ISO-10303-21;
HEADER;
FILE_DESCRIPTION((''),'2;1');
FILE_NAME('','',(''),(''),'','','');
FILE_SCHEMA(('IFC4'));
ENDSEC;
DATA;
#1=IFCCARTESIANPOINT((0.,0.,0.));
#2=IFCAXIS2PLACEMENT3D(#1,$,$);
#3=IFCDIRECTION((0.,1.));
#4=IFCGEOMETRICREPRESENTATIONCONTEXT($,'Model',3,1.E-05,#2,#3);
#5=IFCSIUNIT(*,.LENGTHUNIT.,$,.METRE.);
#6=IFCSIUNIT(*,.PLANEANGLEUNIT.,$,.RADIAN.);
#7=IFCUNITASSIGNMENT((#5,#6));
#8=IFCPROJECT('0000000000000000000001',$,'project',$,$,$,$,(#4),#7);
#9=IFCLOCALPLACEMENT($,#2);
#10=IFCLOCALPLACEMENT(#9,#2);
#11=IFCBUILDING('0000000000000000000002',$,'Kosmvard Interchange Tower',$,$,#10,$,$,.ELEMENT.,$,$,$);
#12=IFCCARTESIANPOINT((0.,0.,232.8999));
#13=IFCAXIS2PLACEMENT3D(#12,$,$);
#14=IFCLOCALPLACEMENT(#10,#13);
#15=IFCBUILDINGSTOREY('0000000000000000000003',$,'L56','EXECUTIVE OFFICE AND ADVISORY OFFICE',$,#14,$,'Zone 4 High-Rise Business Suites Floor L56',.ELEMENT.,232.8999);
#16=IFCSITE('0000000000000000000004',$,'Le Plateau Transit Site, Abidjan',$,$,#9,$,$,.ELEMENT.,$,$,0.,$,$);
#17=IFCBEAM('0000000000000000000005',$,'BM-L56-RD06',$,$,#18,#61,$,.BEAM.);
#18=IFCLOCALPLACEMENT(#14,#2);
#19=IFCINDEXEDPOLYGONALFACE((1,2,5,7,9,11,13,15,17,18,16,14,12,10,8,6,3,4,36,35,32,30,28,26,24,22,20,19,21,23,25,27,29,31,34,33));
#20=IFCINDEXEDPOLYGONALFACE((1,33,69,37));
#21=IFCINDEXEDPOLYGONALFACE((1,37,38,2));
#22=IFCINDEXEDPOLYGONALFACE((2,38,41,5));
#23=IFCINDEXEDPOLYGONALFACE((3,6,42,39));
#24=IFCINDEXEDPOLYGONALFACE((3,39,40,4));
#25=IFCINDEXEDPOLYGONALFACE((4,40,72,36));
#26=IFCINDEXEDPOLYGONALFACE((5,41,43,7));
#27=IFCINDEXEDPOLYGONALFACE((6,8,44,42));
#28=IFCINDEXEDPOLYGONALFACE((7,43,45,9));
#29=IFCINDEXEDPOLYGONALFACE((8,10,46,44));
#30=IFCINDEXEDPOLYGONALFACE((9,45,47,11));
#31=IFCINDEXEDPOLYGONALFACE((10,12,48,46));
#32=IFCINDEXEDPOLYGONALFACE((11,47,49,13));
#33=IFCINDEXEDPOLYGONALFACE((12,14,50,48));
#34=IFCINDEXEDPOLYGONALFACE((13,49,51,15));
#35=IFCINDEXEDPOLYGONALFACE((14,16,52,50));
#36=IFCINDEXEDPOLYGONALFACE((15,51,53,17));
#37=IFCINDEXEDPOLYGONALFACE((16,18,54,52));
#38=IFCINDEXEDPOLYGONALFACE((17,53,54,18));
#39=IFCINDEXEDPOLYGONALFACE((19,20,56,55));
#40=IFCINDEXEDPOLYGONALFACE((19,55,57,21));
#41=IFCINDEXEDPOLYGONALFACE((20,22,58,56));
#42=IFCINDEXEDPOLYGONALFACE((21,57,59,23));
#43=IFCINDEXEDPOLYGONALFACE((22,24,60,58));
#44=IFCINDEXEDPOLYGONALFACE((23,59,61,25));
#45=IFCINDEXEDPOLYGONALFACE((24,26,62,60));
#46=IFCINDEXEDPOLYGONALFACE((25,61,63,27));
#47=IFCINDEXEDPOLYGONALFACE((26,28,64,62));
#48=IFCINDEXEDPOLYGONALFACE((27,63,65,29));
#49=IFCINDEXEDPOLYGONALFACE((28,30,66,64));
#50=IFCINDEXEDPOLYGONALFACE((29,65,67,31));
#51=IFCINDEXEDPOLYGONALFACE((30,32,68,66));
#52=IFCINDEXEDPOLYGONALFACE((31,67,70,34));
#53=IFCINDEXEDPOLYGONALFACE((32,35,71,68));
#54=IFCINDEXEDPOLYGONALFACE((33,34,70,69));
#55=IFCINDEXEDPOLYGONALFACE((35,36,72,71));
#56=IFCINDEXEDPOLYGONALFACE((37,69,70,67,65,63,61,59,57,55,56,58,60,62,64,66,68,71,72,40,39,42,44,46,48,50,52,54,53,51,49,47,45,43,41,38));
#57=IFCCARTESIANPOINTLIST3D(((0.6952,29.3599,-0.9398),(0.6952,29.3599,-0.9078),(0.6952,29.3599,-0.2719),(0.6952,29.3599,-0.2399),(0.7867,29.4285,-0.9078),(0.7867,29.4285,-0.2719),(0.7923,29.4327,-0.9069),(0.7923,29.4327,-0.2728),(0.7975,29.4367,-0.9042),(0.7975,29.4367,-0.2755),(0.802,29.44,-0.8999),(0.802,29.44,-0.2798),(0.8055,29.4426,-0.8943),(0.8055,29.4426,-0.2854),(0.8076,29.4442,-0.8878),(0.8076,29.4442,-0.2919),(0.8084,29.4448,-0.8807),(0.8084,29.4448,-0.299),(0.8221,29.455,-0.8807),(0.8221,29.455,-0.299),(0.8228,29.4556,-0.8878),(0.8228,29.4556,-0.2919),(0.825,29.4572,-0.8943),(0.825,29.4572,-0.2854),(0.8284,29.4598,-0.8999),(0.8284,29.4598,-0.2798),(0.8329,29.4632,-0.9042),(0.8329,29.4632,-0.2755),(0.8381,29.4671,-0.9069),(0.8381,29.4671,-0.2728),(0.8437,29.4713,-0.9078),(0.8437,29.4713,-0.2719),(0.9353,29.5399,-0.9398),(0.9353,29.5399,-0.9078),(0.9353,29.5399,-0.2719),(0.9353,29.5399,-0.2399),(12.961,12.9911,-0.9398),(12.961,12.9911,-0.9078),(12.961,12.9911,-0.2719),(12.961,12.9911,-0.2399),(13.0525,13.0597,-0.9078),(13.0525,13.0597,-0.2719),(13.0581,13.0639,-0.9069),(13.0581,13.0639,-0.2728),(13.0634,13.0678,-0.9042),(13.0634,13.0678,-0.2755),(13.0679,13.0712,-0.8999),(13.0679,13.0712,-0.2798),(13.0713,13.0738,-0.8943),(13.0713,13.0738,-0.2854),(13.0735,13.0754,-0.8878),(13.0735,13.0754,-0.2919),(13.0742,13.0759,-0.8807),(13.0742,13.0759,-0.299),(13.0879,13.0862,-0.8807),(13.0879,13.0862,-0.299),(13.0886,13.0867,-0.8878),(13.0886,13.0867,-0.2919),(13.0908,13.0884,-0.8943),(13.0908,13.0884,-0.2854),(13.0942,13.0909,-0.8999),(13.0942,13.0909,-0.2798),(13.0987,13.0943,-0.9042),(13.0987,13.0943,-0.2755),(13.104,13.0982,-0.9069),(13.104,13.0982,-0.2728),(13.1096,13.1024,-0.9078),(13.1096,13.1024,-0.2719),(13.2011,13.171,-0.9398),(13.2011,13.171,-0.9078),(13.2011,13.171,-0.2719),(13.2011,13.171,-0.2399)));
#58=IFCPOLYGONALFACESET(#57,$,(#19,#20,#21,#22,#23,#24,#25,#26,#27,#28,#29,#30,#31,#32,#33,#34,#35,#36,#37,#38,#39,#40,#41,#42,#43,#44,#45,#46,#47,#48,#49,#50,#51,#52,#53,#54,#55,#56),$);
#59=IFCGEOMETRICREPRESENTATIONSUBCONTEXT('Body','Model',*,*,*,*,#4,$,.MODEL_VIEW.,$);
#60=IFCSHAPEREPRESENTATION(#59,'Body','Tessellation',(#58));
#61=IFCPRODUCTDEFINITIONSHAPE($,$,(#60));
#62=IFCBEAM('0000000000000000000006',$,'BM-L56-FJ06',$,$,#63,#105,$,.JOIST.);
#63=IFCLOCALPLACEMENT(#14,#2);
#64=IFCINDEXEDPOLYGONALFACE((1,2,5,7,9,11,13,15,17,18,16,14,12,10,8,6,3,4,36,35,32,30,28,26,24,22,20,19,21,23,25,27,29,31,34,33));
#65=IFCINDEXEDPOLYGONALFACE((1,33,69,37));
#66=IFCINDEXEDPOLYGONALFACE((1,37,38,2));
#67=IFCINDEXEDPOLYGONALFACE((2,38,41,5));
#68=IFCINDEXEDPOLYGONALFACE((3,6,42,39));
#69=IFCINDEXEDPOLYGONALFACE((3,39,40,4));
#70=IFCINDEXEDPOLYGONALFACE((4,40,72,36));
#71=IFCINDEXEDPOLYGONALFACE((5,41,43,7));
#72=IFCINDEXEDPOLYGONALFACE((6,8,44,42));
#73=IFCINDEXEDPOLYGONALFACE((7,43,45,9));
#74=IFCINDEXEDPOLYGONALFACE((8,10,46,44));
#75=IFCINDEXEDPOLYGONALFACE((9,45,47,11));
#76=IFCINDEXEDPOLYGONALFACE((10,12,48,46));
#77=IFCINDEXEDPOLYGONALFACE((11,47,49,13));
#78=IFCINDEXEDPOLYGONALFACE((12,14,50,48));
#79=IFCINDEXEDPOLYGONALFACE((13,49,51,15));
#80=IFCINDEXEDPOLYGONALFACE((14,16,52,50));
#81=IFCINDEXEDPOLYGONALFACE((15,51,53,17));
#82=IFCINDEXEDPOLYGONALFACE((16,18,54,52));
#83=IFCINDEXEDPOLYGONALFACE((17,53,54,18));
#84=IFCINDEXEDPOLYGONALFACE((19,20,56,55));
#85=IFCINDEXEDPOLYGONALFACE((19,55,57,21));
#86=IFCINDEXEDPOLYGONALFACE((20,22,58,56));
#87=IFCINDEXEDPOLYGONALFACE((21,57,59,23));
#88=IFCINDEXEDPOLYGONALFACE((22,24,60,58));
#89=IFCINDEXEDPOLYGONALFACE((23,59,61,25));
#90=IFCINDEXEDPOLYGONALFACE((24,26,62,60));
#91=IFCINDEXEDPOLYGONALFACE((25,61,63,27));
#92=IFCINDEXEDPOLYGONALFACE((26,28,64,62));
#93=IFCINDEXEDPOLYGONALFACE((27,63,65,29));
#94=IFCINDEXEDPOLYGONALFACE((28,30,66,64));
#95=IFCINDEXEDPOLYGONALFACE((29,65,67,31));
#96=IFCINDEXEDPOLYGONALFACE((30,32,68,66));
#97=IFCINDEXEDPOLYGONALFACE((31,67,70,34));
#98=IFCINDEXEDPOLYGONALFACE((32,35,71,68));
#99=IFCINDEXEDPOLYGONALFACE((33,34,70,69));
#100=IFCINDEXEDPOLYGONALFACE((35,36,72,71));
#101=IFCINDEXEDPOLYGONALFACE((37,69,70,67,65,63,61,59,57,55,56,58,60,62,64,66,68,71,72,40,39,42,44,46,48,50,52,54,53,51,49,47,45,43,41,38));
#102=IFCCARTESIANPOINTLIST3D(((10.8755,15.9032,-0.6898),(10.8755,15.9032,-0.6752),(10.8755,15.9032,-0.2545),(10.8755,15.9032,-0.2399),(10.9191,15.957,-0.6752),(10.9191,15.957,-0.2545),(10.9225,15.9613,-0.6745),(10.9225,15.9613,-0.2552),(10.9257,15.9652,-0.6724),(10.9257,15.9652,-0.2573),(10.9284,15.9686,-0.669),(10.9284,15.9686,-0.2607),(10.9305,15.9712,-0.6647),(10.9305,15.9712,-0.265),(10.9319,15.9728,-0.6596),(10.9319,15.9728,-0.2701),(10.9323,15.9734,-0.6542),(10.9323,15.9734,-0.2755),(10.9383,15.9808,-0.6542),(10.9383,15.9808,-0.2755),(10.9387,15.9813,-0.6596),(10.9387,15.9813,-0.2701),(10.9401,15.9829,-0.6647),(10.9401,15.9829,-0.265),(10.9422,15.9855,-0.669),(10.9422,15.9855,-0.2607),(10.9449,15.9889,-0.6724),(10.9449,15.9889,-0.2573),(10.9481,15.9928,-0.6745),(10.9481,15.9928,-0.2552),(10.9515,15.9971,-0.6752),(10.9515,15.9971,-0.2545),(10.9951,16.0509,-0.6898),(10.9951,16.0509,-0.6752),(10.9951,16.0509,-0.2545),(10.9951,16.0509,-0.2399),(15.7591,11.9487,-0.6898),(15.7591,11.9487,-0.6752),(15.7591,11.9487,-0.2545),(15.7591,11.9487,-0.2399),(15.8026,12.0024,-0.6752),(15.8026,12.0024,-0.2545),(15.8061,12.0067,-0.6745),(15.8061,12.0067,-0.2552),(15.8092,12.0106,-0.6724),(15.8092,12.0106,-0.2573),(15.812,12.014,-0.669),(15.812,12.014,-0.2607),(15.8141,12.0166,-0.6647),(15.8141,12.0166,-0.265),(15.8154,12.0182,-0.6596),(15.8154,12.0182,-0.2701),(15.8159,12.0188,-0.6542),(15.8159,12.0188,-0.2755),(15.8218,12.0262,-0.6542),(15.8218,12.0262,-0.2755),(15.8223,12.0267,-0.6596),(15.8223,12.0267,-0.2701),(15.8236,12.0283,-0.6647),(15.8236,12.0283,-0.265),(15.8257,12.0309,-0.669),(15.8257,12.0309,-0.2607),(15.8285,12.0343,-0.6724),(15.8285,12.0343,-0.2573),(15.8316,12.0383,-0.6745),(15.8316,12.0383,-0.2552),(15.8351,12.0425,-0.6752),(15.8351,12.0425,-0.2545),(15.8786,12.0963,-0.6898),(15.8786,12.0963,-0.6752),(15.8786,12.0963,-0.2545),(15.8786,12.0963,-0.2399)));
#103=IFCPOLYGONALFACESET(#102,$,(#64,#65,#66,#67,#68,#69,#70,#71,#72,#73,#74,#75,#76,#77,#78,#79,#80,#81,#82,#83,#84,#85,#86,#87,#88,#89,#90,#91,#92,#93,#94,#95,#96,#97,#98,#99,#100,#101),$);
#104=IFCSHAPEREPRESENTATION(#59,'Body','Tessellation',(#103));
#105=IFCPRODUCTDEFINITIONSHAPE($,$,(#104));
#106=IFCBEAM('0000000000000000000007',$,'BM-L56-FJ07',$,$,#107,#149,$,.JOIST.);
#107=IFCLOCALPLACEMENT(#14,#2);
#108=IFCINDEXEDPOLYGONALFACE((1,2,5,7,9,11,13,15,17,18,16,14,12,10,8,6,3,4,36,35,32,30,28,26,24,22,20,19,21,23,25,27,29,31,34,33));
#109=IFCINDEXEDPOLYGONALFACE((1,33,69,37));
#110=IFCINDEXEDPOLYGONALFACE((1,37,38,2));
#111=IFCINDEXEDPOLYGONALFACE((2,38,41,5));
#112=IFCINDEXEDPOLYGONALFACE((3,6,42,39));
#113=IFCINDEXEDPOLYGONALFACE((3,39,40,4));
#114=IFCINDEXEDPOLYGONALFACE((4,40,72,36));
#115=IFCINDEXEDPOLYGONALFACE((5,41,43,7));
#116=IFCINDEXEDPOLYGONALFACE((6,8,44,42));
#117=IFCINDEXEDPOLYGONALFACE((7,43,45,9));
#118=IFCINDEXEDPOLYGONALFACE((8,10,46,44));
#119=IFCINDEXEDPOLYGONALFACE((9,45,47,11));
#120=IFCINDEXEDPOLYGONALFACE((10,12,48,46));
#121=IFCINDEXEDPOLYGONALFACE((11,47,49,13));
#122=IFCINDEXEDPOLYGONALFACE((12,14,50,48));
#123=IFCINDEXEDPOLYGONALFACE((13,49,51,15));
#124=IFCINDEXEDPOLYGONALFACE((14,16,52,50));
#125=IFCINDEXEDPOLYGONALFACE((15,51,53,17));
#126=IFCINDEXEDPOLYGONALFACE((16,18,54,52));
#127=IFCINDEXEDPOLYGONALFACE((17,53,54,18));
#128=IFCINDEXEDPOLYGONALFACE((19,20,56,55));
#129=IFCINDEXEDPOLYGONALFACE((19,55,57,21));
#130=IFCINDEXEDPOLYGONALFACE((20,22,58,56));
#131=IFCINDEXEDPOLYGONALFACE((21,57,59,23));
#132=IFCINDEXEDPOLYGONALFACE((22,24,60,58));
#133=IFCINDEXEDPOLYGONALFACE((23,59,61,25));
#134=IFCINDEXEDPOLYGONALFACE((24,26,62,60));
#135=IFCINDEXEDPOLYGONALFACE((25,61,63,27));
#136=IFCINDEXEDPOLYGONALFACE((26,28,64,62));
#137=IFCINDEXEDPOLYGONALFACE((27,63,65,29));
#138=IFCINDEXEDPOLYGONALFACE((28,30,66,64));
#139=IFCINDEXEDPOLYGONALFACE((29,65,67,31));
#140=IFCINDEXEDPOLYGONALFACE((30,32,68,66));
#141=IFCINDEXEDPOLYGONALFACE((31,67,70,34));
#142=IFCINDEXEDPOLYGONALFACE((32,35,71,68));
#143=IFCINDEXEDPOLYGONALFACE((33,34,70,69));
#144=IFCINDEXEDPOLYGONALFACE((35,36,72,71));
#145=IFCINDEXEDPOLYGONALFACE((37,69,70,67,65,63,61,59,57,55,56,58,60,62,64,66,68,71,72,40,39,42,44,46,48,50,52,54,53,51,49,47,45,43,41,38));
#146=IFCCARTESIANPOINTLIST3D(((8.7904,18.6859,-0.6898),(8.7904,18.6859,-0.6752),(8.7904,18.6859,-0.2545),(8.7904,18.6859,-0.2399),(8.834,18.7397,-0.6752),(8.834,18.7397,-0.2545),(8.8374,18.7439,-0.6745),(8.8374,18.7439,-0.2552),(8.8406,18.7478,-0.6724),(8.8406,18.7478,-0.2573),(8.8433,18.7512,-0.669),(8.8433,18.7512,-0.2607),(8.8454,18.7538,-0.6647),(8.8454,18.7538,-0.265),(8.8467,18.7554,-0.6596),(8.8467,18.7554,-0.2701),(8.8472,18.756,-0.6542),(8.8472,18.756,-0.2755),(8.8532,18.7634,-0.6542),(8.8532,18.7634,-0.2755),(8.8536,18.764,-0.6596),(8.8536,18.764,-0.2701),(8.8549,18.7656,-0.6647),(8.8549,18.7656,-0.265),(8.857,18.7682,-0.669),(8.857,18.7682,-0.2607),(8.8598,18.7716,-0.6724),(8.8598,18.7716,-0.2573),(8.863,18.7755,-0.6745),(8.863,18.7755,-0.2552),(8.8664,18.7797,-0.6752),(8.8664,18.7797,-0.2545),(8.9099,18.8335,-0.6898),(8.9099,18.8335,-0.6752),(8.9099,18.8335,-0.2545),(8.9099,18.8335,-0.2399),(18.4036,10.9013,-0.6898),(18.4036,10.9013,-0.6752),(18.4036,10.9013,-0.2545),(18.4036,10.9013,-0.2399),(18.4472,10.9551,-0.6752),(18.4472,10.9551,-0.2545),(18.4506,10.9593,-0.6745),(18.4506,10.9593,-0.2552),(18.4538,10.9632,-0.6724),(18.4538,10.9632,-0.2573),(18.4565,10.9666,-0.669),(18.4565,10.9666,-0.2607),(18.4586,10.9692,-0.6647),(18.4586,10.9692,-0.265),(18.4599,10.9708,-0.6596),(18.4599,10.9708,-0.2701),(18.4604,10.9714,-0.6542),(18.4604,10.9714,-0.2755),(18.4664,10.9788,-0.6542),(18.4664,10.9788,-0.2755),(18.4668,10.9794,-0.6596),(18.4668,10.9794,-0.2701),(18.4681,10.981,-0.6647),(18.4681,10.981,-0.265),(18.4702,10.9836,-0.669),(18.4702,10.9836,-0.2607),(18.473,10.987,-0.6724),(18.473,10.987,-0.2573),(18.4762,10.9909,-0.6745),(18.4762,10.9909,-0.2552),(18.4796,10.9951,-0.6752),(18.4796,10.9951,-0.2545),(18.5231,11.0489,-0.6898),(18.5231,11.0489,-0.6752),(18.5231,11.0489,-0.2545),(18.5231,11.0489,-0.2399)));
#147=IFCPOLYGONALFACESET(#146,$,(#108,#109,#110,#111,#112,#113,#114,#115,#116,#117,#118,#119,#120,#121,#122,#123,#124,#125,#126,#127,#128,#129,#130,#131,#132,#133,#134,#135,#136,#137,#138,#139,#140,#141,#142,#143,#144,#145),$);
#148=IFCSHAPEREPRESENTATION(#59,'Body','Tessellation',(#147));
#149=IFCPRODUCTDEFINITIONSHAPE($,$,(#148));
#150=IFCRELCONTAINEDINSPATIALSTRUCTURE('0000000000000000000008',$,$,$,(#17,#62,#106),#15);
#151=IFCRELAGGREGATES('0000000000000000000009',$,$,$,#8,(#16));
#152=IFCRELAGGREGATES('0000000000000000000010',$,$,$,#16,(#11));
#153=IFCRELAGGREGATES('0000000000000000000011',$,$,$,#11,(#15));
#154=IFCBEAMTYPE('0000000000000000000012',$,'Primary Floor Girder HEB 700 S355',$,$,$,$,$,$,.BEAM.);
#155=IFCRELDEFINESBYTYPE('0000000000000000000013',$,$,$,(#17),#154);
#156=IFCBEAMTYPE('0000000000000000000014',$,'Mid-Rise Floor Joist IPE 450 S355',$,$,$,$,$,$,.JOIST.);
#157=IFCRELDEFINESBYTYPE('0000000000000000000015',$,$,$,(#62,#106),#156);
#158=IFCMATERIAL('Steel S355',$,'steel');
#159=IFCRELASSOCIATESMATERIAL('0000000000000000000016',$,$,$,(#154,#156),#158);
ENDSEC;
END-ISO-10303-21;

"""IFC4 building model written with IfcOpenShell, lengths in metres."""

from ifc_helpers import new_model, si_unit, direction, frame, origin, origin_2d, place, context, subcontext, project, spatial, i_section, extrude, source, transform, mapped, material, material_profile, profile_set, type_object, element, save


model = new_model("IFC4")

# Units and contexts
model_context = context("Model", 3, precision=1e-05, world=origin(), true_north=direction((0.0, 1.0)))
body_context = subcontext(model_context, "Body", "Model", "MODEL_VIEW")
ifc_project = project(units=[si_unit("LENGTHUNIT", "METRE"), si_unit("PLANEANGLEUNIT", "RADIAN")], contexts=[model_context])

# Site, building, storey
site_placement = place(None, origin())
site = spatial("IfcSite", under=ifc_project, at=site_placement, Name="Le Plateau Transit Site, Abidjan", CompositionType="ELEMENT", RefElevation=0.0)
building_placement = place(site_placement, origin())
building = spatial("IfcBuilding", under=site, at=building_placement, Name="Kosmvard Interchange Tower", CompositionType="ELEMENT")
storey_placement = place(building_placement, frame((0.0, 0.0, 232.8999)))
storey = spatial("IfcBuildingStorey", under=building, at=storey_placement, Name="L56", Description="EXECUTIVE OFFICE AND ADVISORY OFFICE", LongName="Zone 4 High-Rise Business Suites Floor L56", CompositionType="ELEMENT", Elevation=232.8999)

# Beams
ifc_material_1 = material(Name="Steel S355", Category="steel")
ifc_material_profile_1 = material_profile(ifc_material_1, i_section(OverallWidth=0.3, OverallDepth=0.7, WebThickness=0.0171, FlangeThickness=0.032, FilletRadius=0.0271, at=origin_2d()), Name="HEB 700")
ifc_profile_set_1 = profile_set([ifc_material_profile_1], Name="Steel S355")
beam_type_1 = type_object("IfcBeamType", Name="Primary Floor Girder HEB 700 S355", PredefinedType="BEAM", material=ifc_profile_set_1)
shared_shape_1 = source(origin(), body_context, "Body", "SweptSolid", [
    extrude(i_section(OverallWidth=0.3, OverallDepth=0.7, WebThickness=0.0171, FlangeThickness=0.032, FilletRadius=0.0271, at=origin_2d()), origin(), (0.0, 0.0, 1.0), 20.4546),
])
beam_1_placement = place(storey_placement, frame((13.0811, 13.0811, -0.5898), z_axis=(-0.599662, 0.800253, 0.0), x_axis=(-0.800253, -0.599662, 0.0)))
element("IfcBeam", 1, at=beam_1_placement, inside=storey, type_object=beam_type_1, Name="BM-L56-RD06", PredefinedType="BEAM", context=body_context, shape_type="MappedRepresentation", body=[
    mapped(shared_shape_1, transform((0.0, 0.0, 0.0), scale=1.0)),
])
ifc_material_profile_2 = material_profile(ifc_material_1, i_section(OverallWidth=0.1899, OverallDepth=0.45, WebThickness=0.0095, FlangeThickness=0.0146, FilletRadius=0.021, at=origin_2d()), Name="IPE 450")
ifc_profile_set_2 = profile_set([ifc_material_profile_2], Name="Steel S355")
beam_type_2 = type_object("IfcBeamType", Name="Mid-Rise Floor Joist IPE 450 S355", PredefinedType="JOIST", material=ifc_profile_set_2)
shared_shape_2 = source(origin(), body_context, "Body", "SweptSolid", [
    extrude(i_section(OverallWidth=0.1899, OverallDepth=0.45, WebThickness=0.0095, FlangeThickness=0.0146, FilletRadius=0.021, at=origin_2d()), origin(), (0.0, 0.0, 1.0), 6.2839),
])
beam_2_placement = place(storey_placement, frame((15.8188, 12.0225, -0.4648), z_axis=(-0.777148, 0.629318, 0.0), x_axis=(-0.629318, -0.777148, 0.0)))
element("IfcBeam", 2, at=beam_2_placement, inside=storey, type_object=beam_type_2, Name="BM-L56-FJ06", PredefinedType="JOIST", context=body_context, shape_type="MappedRepresentation", body=[
    mapped(shared_shape_2, transform((0.0, 0.0, 0.0), scale=1.0)),
])
shared_shape_3 = source(origin(), body_context, "Body", "SweptSolid", [
    extrude(i_section(OverallWidth=0.1899, OverallDepth=0.45, WebThickness=0.0095, FlangeThickness=0.0146, FilletRadius=0.021, at=origin_2d()), origin(), (0.0, 0.0, 1.0), 12.3699),
])
beam_3_placement = place(storey_placement, frame((18.4634, 10.9751, -0.4648), z_axis=(-0.777147, 0.62932, 0.0), x_axis=(-0.62932, -0.777147, 0.0)))
element("IfcBeam", 3, at=beam_3_placement, inside=storey, type_object=beam_type_2, Name="BM-L56-FJ07", PredefinedType="JOIST", context=body_context, shape_type="MappedRepresentation", body=[
    mapped(shared_shape_3, transform((0.0, 0.0, 0.0), scale=1.0)),
])

save(model, "model.ifc")
